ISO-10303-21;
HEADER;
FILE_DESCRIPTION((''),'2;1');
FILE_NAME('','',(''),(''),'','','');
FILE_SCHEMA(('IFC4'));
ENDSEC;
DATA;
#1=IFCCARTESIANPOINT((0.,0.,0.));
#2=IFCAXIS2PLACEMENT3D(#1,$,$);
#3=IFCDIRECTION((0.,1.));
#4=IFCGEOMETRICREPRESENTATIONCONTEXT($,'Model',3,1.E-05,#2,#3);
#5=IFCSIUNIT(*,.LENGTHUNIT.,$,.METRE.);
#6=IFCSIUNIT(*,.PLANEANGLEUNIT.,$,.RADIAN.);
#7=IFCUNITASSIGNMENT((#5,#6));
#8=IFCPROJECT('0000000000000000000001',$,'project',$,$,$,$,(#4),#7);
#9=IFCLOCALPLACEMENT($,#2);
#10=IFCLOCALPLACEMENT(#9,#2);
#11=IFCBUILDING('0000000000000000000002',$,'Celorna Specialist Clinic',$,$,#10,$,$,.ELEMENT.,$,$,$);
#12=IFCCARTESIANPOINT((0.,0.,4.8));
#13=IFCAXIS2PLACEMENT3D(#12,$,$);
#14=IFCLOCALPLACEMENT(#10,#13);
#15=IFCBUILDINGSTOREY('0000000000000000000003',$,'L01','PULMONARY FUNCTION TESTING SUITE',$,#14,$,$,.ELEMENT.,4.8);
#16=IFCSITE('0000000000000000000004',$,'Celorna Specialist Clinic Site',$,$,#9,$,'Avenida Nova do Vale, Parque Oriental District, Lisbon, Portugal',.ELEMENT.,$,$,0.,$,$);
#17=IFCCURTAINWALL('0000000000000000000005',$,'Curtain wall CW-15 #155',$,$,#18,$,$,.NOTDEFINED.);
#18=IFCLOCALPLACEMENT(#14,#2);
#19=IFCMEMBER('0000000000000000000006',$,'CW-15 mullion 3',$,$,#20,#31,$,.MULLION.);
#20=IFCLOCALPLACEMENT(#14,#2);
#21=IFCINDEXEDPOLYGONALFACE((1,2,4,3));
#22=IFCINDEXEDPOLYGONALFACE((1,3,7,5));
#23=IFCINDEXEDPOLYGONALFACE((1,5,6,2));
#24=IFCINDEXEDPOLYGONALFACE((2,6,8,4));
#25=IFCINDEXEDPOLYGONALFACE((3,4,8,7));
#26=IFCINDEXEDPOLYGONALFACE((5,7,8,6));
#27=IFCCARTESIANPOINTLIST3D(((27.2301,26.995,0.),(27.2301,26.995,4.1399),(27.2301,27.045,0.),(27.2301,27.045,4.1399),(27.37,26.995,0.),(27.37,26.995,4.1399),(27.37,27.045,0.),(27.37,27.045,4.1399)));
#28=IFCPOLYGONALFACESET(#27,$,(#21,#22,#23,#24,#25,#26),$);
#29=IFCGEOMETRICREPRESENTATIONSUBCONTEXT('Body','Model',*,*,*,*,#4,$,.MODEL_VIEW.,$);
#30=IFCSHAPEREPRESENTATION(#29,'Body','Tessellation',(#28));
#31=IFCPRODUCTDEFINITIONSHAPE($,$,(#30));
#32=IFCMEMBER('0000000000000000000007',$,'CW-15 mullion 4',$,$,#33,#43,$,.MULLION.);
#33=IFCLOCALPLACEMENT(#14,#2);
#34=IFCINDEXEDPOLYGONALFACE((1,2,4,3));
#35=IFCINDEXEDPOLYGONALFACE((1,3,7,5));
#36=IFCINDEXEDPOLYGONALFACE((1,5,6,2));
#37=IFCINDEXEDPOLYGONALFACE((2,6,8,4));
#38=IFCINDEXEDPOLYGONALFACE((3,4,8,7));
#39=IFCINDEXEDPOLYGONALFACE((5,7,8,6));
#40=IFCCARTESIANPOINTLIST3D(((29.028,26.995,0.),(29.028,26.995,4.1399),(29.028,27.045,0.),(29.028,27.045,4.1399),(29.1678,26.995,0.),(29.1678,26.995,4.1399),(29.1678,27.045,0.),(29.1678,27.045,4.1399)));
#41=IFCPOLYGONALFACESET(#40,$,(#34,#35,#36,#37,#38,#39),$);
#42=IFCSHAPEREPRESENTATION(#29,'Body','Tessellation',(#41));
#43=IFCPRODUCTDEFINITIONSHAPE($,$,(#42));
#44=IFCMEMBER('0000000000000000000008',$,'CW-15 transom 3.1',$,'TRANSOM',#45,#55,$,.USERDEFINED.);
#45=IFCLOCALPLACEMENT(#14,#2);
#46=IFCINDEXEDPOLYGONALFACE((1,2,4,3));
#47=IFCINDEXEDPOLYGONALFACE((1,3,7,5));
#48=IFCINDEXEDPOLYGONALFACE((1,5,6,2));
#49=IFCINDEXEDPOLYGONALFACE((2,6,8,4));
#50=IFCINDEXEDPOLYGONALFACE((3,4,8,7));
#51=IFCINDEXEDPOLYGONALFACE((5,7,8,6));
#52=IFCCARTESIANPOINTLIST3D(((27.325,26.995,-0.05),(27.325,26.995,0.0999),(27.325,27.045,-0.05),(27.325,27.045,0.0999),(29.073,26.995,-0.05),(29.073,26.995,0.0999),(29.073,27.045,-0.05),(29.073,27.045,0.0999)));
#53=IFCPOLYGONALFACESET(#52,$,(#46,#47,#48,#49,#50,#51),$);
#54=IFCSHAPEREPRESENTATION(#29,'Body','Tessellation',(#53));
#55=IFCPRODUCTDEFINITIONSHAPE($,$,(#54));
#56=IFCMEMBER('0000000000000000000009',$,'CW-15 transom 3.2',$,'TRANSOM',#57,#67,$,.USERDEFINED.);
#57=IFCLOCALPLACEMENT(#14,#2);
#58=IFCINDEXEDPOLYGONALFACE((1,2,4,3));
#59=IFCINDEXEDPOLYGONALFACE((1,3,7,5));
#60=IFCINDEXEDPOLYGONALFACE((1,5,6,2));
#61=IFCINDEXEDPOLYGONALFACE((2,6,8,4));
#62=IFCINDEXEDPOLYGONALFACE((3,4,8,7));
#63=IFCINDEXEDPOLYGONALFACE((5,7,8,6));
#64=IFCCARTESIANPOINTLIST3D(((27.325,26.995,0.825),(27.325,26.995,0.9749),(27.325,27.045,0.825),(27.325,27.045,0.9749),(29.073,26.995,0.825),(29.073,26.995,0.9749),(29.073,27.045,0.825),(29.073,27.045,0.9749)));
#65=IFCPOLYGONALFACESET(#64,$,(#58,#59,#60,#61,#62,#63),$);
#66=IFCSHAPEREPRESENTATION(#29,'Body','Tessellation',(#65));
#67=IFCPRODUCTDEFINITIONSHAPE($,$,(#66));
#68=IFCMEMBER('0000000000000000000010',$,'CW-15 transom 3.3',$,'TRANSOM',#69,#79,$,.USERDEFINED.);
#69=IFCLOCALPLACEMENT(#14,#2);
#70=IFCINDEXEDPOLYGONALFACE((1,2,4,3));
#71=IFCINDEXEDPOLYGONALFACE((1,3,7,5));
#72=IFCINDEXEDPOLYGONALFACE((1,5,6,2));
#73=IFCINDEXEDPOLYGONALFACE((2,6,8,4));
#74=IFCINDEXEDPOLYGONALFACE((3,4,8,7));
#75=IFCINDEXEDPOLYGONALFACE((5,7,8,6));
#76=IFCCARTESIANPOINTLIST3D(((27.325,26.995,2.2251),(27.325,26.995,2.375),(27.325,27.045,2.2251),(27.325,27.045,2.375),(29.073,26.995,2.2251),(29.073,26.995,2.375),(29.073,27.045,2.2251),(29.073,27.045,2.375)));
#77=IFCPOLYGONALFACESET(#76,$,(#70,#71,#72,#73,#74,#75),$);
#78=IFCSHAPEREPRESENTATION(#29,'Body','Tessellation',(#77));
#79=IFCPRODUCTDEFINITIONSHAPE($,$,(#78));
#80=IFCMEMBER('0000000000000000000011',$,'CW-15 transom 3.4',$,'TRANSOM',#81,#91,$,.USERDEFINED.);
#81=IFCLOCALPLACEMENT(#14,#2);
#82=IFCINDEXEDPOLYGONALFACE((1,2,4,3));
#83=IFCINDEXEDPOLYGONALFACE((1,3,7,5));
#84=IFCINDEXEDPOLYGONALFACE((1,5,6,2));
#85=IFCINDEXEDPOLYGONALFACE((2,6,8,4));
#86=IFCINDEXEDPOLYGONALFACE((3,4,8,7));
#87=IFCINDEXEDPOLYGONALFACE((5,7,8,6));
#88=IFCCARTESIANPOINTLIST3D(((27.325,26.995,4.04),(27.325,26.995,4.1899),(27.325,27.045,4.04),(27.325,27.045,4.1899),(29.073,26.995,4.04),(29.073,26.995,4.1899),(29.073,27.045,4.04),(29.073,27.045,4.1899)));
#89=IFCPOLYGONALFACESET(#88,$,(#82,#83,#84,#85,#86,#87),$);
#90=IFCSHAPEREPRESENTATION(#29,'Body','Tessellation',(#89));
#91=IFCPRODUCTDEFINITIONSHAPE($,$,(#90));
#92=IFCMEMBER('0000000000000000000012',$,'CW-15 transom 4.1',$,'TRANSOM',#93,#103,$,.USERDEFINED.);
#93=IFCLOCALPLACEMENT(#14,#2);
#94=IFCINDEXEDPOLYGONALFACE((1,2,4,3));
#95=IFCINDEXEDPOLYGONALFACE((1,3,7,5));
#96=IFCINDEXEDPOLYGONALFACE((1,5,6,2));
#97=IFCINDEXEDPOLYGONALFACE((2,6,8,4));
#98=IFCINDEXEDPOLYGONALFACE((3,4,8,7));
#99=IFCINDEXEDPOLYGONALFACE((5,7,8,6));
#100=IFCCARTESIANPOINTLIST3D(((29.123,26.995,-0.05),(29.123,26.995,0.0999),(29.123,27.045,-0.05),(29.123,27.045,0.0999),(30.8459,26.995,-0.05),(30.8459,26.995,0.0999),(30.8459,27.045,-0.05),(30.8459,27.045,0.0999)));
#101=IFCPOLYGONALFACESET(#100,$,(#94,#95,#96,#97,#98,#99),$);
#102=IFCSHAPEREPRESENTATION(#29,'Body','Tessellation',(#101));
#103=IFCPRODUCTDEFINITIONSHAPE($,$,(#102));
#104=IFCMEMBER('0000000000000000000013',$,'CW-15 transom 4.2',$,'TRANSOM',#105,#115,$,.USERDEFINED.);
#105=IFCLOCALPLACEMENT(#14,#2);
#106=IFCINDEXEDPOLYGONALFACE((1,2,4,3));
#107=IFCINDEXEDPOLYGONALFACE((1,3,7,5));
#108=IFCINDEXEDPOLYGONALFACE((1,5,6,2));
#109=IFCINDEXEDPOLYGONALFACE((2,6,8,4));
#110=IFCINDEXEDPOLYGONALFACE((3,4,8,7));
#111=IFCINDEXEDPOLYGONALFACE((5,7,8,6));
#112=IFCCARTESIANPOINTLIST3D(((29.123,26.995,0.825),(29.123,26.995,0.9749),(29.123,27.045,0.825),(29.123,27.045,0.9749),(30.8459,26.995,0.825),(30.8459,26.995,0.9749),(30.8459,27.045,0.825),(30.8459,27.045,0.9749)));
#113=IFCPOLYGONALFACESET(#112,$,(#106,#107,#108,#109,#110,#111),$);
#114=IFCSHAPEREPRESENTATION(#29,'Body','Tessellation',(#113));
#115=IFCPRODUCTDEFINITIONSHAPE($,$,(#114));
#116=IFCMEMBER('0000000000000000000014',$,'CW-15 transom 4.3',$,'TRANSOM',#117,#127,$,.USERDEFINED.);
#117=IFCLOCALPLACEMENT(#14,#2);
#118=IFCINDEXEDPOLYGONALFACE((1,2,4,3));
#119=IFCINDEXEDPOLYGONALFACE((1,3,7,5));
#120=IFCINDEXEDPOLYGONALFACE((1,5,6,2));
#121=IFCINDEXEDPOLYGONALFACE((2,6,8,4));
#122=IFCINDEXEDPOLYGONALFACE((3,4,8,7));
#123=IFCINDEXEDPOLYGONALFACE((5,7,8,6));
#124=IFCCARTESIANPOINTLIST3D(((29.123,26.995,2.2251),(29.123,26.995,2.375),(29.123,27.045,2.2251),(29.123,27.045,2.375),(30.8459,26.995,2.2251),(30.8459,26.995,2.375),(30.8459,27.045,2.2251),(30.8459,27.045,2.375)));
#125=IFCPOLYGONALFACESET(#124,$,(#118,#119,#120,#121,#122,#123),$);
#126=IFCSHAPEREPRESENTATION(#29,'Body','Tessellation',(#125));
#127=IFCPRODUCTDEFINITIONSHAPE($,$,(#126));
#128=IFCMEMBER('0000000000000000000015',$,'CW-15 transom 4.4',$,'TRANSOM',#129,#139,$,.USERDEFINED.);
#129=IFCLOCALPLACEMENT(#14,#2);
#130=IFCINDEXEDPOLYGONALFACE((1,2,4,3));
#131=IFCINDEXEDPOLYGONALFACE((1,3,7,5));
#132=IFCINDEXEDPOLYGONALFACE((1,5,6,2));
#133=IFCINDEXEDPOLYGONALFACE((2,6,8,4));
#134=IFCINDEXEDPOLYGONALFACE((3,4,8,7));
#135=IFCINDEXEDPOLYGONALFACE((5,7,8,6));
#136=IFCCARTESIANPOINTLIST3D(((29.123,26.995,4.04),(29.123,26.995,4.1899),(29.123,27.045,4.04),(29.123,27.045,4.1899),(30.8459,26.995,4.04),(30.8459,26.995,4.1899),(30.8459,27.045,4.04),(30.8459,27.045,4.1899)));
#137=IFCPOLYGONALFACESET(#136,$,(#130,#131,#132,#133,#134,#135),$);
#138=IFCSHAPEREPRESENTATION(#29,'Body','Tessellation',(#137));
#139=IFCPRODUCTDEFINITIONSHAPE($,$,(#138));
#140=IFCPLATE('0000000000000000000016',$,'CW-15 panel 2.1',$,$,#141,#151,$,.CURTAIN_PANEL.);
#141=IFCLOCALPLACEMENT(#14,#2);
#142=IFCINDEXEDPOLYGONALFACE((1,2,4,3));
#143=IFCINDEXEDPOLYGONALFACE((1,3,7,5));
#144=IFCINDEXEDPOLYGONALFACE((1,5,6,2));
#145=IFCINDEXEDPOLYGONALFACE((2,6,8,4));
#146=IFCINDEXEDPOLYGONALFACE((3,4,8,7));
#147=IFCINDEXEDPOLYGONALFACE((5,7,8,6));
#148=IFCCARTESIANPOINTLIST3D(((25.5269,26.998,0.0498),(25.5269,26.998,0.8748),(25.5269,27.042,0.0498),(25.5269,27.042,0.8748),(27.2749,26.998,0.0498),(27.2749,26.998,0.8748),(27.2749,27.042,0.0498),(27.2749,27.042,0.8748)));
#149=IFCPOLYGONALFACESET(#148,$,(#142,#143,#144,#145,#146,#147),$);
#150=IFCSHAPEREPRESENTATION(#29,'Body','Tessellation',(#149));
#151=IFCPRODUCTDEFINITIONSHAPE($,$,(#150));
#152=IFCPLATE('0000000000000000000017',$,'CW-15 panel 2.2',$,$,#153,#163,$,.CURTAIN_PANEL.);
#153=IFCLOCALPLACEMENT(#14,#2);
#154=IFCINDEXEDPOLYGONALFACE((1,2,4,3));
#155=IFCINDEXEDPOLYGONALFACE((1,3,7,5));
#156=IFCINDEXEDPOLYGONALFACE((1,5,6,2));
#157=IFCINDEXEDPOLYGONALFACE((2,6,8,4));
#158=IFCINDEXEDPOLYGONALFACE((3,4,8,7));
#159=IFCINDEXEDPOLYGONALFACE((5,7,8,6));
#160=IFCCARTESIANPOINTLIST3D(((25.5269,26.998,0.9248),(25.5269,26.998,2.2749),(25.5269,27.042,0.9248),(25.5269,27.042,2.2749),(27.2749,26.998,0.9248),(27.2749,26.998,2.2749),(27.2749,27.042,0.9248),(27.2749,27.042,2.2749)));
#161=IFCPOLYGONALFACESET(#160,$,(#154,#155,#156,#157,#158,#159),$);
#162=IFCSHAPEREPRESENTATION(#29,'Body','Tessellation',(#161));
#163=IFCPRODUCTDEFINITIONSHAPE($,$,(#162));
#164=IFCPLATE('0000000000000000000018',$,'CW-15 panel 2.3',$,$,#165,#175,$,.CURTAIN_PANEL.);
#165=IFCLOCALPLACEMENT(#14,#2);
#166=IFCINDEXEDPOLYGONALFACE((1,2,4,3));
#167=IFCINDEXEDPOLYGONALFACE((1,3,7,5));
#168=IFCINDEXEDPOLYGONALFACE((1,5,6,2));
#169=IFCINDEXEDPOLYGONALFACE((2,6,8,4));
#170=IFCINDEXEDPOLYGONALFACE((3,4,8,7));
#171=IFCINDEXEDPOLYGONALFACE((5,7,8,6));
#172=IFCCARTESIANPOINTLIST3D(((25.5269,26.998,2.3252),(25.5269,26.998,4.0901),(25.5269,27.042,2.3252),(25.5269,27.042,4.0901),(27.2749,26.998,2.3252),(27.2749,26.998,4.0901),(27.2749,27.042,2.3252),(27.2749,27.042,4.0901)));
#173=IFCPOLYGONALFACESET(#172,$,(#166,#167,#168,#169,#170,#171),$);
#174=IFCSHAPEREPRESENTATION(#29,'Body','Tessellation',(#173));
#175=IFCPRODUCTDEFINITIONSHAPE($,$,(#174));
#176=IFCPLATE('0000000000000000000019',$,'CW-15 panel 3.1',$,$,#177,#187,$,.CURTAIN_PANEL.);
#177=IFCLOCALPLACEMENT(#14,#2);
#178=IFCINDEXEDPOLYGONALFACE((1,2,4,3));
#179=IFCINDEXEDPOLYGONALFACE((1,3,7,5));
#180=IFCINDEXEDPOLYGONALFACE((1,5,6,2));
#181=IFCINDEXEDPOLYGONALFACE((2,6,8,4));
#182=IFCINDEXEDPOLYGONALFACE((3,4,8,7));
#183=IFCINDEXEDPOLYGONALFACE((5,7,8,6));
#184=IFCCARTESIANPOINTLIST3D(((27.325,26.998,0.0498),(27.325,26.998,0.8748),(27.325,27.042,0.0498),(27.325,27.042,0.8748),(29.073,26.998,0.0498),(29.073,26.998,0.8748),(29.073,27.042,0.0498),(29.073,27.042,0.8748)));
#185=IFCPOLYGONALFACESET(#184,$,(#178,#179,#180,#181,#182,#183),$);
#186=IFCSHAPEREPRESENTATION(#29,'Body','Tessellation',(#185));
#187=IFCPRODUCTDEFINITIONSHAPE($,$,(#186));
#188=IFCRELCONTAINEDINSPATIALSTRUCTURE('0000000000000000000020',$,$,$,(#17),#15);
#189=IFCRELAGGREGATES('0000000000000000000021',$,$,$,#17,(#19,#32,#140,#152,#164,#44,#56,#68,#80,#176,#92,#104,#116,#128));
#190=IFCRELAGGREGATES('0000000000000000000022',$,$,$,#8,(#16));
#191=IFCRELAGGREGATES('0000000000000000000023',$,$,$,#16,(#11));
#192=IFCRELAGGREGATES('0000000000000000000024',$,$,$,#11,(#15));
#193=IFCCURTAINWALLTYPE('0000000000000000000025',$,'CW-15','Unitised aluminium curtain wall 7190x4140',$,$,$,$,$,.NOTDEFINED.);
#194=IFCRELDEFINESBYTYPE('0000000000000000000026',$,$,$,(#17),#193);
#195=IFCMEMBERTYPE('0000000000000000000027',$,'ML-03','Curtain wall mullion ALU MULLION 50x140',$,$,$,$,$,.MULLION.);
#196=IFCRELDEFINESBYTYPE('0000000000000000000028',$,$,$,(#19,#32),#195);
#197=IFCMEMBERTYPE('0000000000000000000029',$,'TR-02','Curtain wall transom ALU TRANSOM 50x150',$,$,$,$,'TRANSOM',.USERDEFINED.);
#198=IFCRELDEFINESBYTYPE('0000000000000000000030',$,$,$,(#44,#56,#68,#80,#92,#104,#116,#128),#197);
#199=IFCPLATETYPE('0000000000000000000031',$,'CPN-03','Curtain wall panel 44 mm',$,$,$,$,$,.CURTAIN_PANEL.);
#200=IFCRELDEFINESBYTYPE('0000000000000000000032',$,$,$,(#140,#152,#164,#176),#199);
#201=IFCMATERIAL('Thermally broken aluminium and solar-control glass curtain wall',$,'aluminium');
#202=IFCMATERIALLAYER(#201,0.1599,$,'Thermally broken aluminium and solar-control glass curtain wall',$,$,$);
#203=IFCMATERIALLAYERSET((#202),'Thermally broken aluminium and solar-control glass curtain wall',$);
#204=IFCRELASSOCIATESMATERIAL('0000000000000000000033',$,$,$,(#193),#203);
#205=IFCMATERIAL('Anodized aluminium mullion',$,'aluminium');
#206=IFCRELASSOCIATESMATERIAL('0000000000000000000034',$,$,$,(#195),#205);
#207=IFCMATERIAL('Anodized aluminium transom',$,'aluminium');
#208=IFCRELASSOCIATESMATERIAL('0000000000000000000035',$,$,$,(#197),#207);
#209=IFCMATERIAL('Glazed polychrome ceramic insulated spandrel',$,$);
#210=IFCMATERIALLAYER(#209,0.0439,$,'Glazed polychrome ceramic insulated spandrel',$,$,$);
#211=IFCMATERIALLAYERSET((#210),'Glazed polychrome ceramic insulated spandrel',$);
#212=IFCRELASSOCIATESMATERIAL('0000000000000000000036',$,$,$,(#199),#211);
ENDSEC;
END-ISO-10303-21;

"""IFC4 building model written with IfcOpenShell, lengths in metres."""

from ifc_helpers import new_model, si_unit, direction, frame, origin, origin_2d, place, context, subcontext, project, spatial, rectangle, extrude, material, layer, layer_set, material_profile, profile_set, type_object, element, aggregate, save


model = new_model("IFC4")

# Units and contexts
model_context = context("Model", 3, precision=1e-05, world=origin(), true_north=direction((0.0, 1.0)))
body_context = subcontext(model_context, "Body", "Model", "MODEL_VIEW")
ifc_project = project(units=[si_unit("LENGTHUNIT", "METRE"), si_unit("PLANEANGLEUNIT", "RADIAN")], contexts=[model_context])

# Site, building, storey
site_placement = place(None, origin())
site = spatial("IfcSite", under=ifc_project, at=site_placement, Name="Celorna Specialist Clinic Site", LongName="Avenida Nova do Vale, Parque Oriental District, Lisbon, Portugal", CompositionType="ELEMENT", RefElevation=0.0)
building_placement = place(site_placement, origin())
building = spatial("IfcBuilding", under=site, at=building_placement, Name="Celorna Specialist Clinic", CompositionType="ELEMENT")
storey_placement = place(building_placement, frame((0.0, 0.0, 4.8)))
storey = spatial("IfcBuildingStorey", under=building, at=storey_placement, Name="L01", Description="PULMONARY FUNCTION TESTING SUITE", CompositionType="ELEMENT", Elevation=4.8)

# Curtain wall, members, plates
ifc_material_1 = material(Name="Thermally broken aluminium and solar-control glass curtain wall", Category="aluminium")
ifc_layer_1 = layer(ifc_material_1, 0.1599, Name="Thermally broken aluminium and solar-control glass curtain wall")
ifc_layer_set_1 = layer_set([ifc_layer_1], Name="Thermally broken aluminium and solar-control glass curtain wall")
curtain_wall_type = type_object("IfcCurtainWallType", Name="CW-15", Description="Unitised aluminium curtain wall 7190x4140", PredefinedType="NOTDEFINED", material=ifc_layer_set_1)
curtain_wall_placement = place(storey_placement, origin())
curtain_wall = element("IfcCurtainWall", 1, at=curtain_wall_placement, inside=storey, type_object=curtain_wall_type, Name="Curtain wall CW-15 #155", PredefinedType="NOTDEFINED")
ifc_material_2 = material(Name="Anodized aluminium mullion", Category="aluminium")
ifc_material_profile_1 = material_profile(ifc_material_2, rectangle(XDim=0.05, YDim=0.1399, at=origin_2d()), Name="ALU MULLION 50x140")
ifc_profile_set_1 = profile_set([ifc_material_profile_1], Name="Anodized aluminium mullion")
member_type_1 = type_object("IfcMemberType", Name="ML-03", Description="Curtain wall mullion ALU MULLION 50x140", PredefinedType="MULLION", material=ifc_profile_set_1)
member_1_placement = place(storey_placement, frame((27.3, 27.02, 0.0), z_axis=(0.0, 0.0, 1.0), x_axis=(0.0, 1.0, 0.0)))
member_1 = element("IfcMember", 2, at=member_1_placement, type_object=member_type_1, Name="CW-15 mullion 3", PredefinedType="MULLION", context=body_context, shape_type="SweptSolid", body=[
    extrude(rectangle(XDim=0.05, YDim=0.1399, at=origin_2d()), origin(), (0.0, 0.0, 1.0), 4.1399),
])
member_2_placement = place(storey_placement, frame((29.0979, 27.02, 0.0), z_axis=(0.0, 0.0, 1.0), x_axis=(0.0, 1.0, 0.0)))
member_2 = element("IfcMember", 3, at=member_2_placement, type_object=member_type_1, Name="CW-15 mullion 4", PredefinedType="MULLION", context=body_context, shape_type="SweptSolid", body=[
    extrude(rectangle(XDim=0.05, YDim=0.1399, at=origin_2d()), origin(), (0.0, 0.0, 1.0), 4.1399),
])
ifc_material_3 = material(Name="Anodized aluminium transom", Category="aluminium")
ifc_material_profile_2 = material_profile(ifc_material_3, rectangle(XDim=0.05, YDim=0.1499, at=origin_2d()), Name="ALU TRANSOM 50x150")
ifc_profile_set_2 = profile_set([ifc_material_profile_2], Name="Anodized aluminium transom")
member_type_2 = type_object("IfcMemberType", Name="TR-02", Description="Curtain wall transom ALU TRANSOM 50x150", ElementType="TRANSOM", PredefinedType="USERDEFINED", material=ifc_profile_set_2)
member_3_placement = place(storey_placement, frame((27.325, 27.02, 0.0249), z_axis=(1.0, 0.0, 0.0), x_axis=(0.0, 1.0, 0.0)))
member_3 = element("IfcMember", 4, at=member_3_placement, type_object=member_type_2, Name="CW-15 transom 3.1", ObjectType="TRANSOM", PredefinedType="USERDEFINED", context=body_context, shape_type="SweptSolid", body=[
    extrude(rectangle(XDim=0.05, YDim=0.1499, at=origin_2d()), origin(), (0.0, 0.0, 1.0), 1.748),
])
member_4_placement = place(storey_placement, frame((27.325, 27.02, 0.8999), z_axis=(1.0, 0.0, 0.0), x_axis=(0.0, 1.0, 0.0)))
member_4 = element("IfcMember", 5, at=member_4_placement, type_object=member_type_2, Name="CW-15 transom 3.2", ObjectType="TRANSOM", PredefinedType="USERDEFINED", context=body_context, shape_type="SweptSolid", body=[
    extrude(rectangle(XDim=0.05, YDim=0.1499, at=origin_2d()), origin(), (0.0, 0.0, 1.0), 1.748),
])
member_5_placement = place(storey_placement, frame((27.325, 27.02, 2.3), z_axis=(1.0, 0.0, 0.0), x_axis=(0.0, 1.0, 0.0)))
member_5 = element("IfcMember", 6, at=member_5_placement, type_object=member_type_2, Name="CW-15 transom 3.3", ObjectType="TRANSOM", PredefinedType="USERDEFINED", context=body_context, shape_type="SweptSolid", body=[
    extrude(rectangle(XDim=0.05, YDim=0.1499, at=origin_2d()), origin(), (0.0, 0.0, 1.0), 1.748),
])
member_6_placement = place(storey_placement, frame((27.325, 27.02, 4.115), z_axis=(1.0, 0.0, 0.0), x_axis=(0.0, 1.0, 0.0)))
member_6 = element("IfcMember", 7, at=member_6_placement, type_object=member_type_2, Name="CW-15 transom 3.4", ObjectType="TRANSOM", PredefinedType="USERDEFINED", context=body_context, shape_type="SweptSolid", body=[
    extrude(rectangle(XDim=0.05, YDim=0.1499, at=origin_2d()), origin(), (0.0, 0.0, 1.0), 1.748),
])
member_7_placement = place(storey_placement, frame((29.123, 27.02, 0.0249), z_axis=(1.0, 0.0, 0.0), x_axis=(0.0, 1.0, 0.0)))
member_7 = element("IfcMember", 8, at=member_7_placement, type_object=member_type_2, Name="CW-15 transom 4.1", ObjectType="TRANSOM", PredefinedType="USERDEFINED", context=body_context, shape_type="SweptSolid", body=[
    extrude(rectangle(XDim=0.05, YDim=0.1499, at=origin_2d()), origin(), (0.0, 0.0, 1.0), 1.7229),
])
member_8_placement = place(storey_placement, frame((29.123, 27.02, 0.8999), z_axis=(1.0, 0.0, 0.0), x_axis=(0.0, 1.0, 0.0)))
member_8 = element("IfcMember", 9, at=member_8_placement, type_object=member_type_2, Name="CW-15 transom 4.2", ObjectType="TRANSOM", PredefinedType="USERDEFINED", context=body_context, shape_type="SweptSolid", body=[
    extrude(rectangle(XDim=0.05, YDim=0.1499, at=origin_2d()), origin(), (0.0, 0.0, 1.0), 1.7229),
])
member_9_placement = place(storey_placement, frame((29.123, 27.02, 2.3), z_axis=(1.0, 0.0, 0.0), x_axis=(0.0, 1.0, 0.0)))
member_9 = element("IfcMember", 10, at=member_9_placement, type_object=member_type_2, Name="CW-15 transom 4.3", ObjectType="TRANSOM", PredefinedType="USERDEFINED", context=body_context, shape_type="SweptSolid", body=[
    extrude(rectangle(XDim=0.05, YDim=0.1499, at=origin_2d()), origin(), (0.0, 0.0, 1.0), 1.7229),
])
member_10_placement = place(storey_placement, frame((29.123, 27.02, 4.115), z_axis=(1.0, 0.0, 0.0), x_axis=(0.0, 1.0, 0.0)))
member_10 = element("IfcMember", 11, at=member_10_placement, type_object=member_type_2, Name="CW-15 transom 4.4", ObjectType="TRANSOM", PredefinedType="USERDEFINED", context=body_context, shape_type="SweptSolid", body=[
    extrude(rectangle(XDim=0.05, YDim=0.1499, at=origin_2d()), origin(), (0.0, 0.0, 1.0), 1.7229),
])
ifc_material_4 = material(Name="Glazed polychrome ceramic insulated spandrel")
ifc_layer_2 = layer(ifc_material_4, 0.0439, Name="Glazed polychrome ceramic insulated spandrel")
ifc_layer_set_2 = layer_set([ifc_layer_2], Name="Glazed polychrome ceramic insulated spandrel")
plate_type_1 = type_object("IfcPlateType", Name="CPN-03", Description="Curtain wall panel 44 mm", PredefinedType="CURTAIN_PANEL", material=ifc_layer_set_2)
plate_1_placement = place(storey_placement, frame((26.4009, 27.02, 0.0498), z_axis=(0.0, 0.0, 1.0), x_axis=(1.0, 0.0, 0.0)))
plate_1 = element("IfcPlate", 12, at=plate_1_placement, type_object=plate_type_1, Name="CW-15 panel 2.1", PredefinedType="CURTAIN_PANEL", context=body_context, shape_type="SweptSolid", body=[
    extrude(rectangle(XDim=1.748, YDim=0.0439, at=origin_2d()), origin(), (0.0, 0.0, 1.0), 0.825),
])
plate_2_placement = place(storey_placement, frame((26.4009, 27.02, 0.9248), z_axis=(0.0, 0.0, 1.0), x_axis=(1.0, 0.0, 0.0)))
plate_2 = element("IfcPlate", 13, at=plate_2_placement, type_object=plate_type_1, Name="CW-15 panel 2.2", PredefinedType="CURTAIN_PANEL", context=body_context, shape_type="SweptSolid", body=[
    extrude(rectangle(XDim=1.748, YDim=0.0439, at=origin_2d()), origin(), (0.0, 0.0, 1.0), 1.3501),
])
plate_3_placement = place(storey_placement, frame((26.4009, 27.02, 2.3252), z_axis=(0.0, 0.0, 1.0), x_axis=(1.0, 0.0, 0.0)))
plate_3 = element("IfcPlate", 14, at=plate_3_placement, type_object=plate_type_1, Name="CW-15 panel 2.3", PredefinedType="CURTAIN_PANEL", context=body_context, shape_type="SweptSolid", body=[
    extrude(rectangle(XDim=1.748, YDim=0.0439, at=origin_2d()), origin(), (0.0, 0.0, 1.0), 1.7649),
])
plate_4_placement = place(storey_placement, frame((28.199, 27.02, 0.0498), z_axis=(0.0, 0.0, 1.0), x_axis=(1.0, 0.0, 0.0)))
plate_4 = element("IfcPlate", 15, at=plate_4_placement, type_object=plate_type_1, Name="CW-15 panel 3.1", PredefinedType="CURTAIN_PANEL", context=body_context, shape_type="SweptSolid", body=[
    extrude(rectangle(XDim=1.748, YDim=0.0439, at=origin_2d()), origin(), (0.0, 0.0, 1.0), 0.825),
])
aggregate(curtain_wall, [member_1, member_2, plate_1, plate_2, plate_3, member_3, member_4, member_5, member_6, plate_4, member_7, member_8, member_9, member_10])

save(model, "model.ifc")
